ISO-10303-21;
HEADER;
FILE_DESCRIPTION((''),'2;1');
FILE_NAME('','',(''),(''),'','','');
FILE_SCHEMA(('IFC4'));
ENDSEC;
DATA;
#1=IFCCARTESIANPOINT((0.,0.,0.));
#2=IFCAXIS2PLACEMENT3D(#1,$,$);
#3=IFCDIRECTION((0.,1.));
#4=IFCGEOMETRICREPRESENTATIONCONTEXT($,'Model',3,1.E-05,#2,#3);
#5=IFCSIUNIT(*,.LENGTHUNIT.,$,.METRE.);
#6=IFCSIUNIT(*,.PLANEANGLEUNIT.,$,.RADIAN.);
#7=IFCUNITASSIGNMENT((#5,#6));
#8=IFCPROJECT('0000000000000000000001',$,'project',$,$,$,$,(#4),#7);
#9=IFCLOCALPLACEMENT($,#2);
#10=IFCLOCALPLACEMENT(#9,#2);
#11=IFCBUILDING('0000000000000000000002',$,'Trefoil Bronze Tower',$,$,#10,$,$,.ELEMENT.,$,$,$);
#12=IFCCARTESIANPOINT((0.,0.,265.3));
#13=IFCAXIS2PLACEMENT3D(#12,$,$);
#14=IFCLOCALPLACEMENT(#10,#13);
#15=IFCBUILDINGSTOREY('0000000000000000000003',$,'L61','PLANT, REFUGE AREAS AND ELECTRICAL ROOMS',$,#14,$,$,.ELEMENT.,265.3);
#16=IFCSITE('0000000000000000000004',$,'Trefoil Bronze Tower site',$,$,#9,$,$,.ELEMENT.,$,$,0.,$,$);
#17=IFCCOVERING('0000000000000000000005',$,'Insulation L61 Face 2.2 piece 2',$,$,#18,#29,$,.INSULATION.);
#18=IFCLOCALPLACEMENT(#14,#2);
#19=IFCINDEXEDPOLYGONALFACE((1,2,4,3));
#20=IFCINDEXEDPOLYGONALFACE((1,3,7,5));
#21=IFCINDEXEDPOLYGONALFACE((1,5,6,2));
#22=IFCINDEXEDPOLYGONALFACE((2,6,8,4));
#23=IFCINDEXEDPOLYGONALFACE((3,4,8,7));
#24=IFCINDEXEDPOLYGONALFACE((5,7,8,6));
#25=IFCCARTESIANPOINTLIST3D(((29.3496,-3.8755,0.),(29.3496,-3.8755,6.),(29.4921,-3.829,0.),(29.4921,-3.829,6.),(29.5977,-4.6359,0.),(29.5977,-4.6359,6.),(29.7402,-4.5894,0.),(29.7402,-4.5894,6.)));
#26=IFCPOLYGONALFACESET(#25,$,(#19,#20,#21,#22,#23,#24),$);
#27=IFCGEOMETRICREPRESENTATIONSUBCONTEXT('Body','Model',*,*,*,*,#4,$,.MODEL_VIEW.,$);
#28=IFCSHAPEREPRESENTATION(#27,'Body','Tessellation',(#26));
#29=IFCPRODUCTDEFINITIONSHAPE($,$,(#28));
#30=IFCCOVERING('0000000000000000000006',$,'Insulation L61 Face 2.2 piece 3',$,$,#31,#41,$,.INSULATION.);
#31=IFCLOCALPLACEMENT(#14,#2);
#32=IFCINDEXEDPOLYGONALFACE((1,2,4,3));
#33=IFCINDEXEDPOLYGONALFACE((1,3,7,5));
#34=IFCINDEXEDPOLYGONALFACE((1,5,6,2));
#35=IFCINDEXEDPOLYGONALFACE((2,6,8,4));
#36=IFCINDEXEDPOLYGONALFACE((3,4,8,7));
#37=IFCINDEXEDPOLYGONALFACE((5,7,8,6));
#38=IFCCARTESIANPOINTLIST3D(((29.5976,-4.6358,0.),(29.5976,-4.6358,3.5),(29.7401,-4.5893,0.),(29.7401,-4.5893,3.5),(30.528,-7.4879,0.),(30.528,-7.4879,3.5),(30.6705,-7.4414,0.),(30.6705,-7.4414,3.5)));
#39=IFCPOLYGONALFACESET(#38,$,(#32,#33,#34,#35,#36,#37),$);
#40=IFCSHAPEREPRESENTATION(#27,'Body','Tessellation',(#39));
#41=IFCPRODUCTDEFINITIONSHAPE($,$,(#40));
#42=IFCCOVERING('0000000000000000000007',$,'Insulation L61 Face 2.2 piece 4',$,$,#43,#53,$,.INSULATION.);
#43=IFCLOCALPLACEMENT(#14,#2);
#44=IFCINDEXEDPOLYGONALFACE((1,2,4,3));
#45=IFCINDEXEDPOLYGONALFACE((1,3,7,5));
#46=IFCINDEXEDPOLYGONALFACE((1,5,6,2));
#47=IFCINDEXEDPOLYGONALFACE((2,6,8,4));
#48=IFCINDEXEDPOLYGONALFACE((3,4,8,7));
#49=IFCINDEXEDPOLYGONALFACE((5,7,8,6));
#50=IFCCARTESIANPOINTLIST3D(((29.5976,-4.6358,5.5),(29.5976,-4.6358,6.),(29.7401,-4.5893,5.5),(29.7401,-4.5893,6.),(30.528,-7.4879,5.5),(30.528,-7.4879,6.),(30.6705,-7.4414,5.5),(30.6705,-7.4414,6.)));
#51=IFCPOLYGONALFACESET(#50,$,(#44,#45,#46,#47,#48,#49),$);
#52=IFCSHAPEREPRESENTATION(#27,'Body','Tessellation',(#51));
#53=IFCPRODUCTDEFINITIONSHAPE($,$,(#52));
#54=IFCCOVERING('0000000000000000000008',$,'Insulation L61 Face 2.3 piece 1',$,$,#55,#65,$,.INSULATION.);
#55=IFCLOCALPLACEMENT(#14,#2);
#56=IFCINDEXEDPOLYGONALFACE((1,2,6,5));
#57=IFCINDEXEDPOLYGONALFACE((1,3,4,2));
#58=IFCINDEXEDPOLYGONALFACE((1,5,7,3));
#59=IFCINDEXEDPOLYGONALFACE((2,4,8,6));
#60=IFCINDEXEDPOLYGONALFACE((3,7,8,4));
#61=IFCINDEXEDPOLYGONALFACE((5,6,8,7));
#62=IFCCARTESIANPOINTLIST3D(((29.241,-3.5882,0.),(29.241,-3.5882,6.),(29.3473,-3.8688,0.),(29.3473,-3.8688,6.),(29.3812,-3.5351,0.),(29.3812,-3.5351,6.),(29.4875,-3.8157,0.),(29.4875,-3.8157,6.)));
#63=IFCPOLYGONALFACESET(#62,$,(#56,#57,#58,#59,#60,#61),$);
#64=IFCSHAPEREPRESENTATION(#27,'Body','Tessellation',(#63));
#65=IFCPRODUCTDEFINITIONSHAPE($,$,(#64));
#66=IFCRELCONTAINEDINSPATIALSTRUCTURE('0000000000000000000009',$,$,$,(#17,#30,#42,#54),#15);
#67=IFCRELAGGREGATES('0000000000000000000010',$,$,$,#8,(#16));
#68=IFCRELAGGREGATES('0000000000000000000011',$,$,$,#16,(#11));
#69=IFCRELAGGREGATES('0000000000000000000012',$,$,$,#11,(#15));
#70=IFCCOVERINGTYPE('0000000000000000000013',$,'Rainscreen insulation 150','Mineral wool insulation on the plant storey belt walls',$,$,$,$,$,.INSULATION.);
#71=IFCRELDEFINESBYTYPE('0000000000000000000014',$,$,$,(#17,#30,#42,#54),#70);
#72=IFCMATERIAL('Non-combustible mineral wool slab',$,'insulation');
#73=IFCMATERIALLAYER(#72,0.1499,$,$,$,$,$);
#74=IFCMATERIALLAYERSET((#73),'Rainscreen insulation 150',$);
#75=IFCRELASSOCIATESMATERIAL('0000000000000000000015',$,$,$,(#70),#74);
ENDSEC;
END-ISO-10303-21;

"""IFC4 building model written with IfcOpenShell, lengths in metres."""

from ifc_helpers import new_model, si_unit, direction, frame, origin, origin_2d, place, context, subcontext, project, spatial, rectangle, extrude, material, layer, layer_set, type_object, element, save


model = new_model("IFC4")

# Units and contexts
model_context = context("Model", 3, precision=1e-05, world=origin(), true_north=direction((0.0, 1.0)))
body_context = subcontext(model_context, "Body", "Model", "MODEL_VIEW")
ifc_project = project(units=[si_unit("LENGTHUNIT", "METRE"), si_unit("PLANEANGLEUNIT", "RADIAN")], contexts=[model_context])

# Site, building, storey
site_placement = place(None, origin())
site = spatial("IfcSite", under=ifc_project, at=site_placement, Name="Trefoil Bronze Tower site", CompositionType="ELEMENT", RefElevation=0.0)
building_placement = place(site_placement, origin())
building = spatial("IfcBuilding", under=site, at=building_placement, Name="Trefoil Bronze Tower", CompositionType="ELEMENT")
storey_placement = place(building_placement, frame((0.0, 0.0, 265.3)))
storey = spatial("IfcBuildingStorey", under=building, at=storey_placement, Name="L61", Description="PLANT, REFUGE AREAS AND ELECTRICAL ROOMS", CompositionType="ELEMENT", Elevation=265.3)

# Coverings
ifc_material_1 = material(Name="Non-combustible mineral wool slab", Category="insulation")
ifc_layer_1 = layer(ifc_material_1, 0.1499)
ifc_layer_set_1 = layer_set([ifc_layer_1], Name="Rainscreen insulation 150")
covering_type_1 = type_object("IfcCoveringType", Name="Rainscreen insulation 150", Description="Mineral wool insulation on the plant storey belt walls", PredefinedType="INSULATION", material=ifc_layer_set_1)
for number, where, z_axis, x_axis, name in (
    (1, (29.5449, -4.2324, 0.0), (0.0, 0.0, 1.0), (-0.310149, 0.950688, 0.0), "Insulation L61 Face 2.2 piece 2"),
):
    element("IfcCovering", number, at=place(storey_placement, frame(where, z_axis=z_axis, x_axis=x_axis)), inside=storey, type_object=covering_type_1, Name=name, PredefinedType="INSULATION", context=body_context, shape_type="SweptSolid", body=[
        extrude(rectangle(XDim=0.7998, YDim=0.1499, at=origin_2d()), origin(), (0.0, 0.0, 1.0), 6.0),
    ])
covering_1_placement = place(storey_placement, frame((30.134, -6.0386, 0.0), z_axis=(0.0, 0.0, 1.0), x_axis=(-0.310149, 0.950688, 0.0)))
element("IfcCovering", 2, at=covering_1_placement, inside=storey, type_object=covering_type_1, Name="Insulation L61 Face 2.2 piece 3", PredefinedType="INSULATION", context=body_context, shape_type="SweptSolid", body=[
    extrude(rectangle(XDim=3.0, YDim=0.1499, at=origin_2d()), origin(), (0.0, 0.0, 1.0), 3.5),
])
covering_2_placement = place(storey_placement, frame((30.134, -6.0386, 5.5), z_axis=(0.0, 0.0, 1.0), x_axis=(-0.310149, 0.950688, 0.0)))
element("IfcCovering", 3, at=covering_2_placement, inside=storey, type_object=covering_type_1, Name="Insulation L61 Face 2.2 piece 4", PredefinedType="INSULATION", context=body_context, shape_type="SweptSolid", body=[
    extrude(rectangle(XDim=3.0, YDim=0.1499, at=origin_2d()), origin(), (0.0, 0.0, 1.0), 0.5),
])
covering_3_placement = place(storey_placement, frame((29.3643, -3.7019, 0.0), z_axis=(0.0, 0.0, 1.0), x_axis=(-0.354234, 0.935157, 0.0)))
element("IfcCovering", 4, at=covering_3_placement, inside=storey, type_object=covering_type_1, Name="Insulation L61 Face 2.3 piece 1", PredefinedType="INSULATION", context=body_context, shape_type="SweptSolid", body=[
    extrude(rectangle(XDim=0.3, YDim=0.1499, at=origin_2d()), origin(), (0.0, 0.0, 1.0), 6.0),
])

save(model, "model.ifc")
